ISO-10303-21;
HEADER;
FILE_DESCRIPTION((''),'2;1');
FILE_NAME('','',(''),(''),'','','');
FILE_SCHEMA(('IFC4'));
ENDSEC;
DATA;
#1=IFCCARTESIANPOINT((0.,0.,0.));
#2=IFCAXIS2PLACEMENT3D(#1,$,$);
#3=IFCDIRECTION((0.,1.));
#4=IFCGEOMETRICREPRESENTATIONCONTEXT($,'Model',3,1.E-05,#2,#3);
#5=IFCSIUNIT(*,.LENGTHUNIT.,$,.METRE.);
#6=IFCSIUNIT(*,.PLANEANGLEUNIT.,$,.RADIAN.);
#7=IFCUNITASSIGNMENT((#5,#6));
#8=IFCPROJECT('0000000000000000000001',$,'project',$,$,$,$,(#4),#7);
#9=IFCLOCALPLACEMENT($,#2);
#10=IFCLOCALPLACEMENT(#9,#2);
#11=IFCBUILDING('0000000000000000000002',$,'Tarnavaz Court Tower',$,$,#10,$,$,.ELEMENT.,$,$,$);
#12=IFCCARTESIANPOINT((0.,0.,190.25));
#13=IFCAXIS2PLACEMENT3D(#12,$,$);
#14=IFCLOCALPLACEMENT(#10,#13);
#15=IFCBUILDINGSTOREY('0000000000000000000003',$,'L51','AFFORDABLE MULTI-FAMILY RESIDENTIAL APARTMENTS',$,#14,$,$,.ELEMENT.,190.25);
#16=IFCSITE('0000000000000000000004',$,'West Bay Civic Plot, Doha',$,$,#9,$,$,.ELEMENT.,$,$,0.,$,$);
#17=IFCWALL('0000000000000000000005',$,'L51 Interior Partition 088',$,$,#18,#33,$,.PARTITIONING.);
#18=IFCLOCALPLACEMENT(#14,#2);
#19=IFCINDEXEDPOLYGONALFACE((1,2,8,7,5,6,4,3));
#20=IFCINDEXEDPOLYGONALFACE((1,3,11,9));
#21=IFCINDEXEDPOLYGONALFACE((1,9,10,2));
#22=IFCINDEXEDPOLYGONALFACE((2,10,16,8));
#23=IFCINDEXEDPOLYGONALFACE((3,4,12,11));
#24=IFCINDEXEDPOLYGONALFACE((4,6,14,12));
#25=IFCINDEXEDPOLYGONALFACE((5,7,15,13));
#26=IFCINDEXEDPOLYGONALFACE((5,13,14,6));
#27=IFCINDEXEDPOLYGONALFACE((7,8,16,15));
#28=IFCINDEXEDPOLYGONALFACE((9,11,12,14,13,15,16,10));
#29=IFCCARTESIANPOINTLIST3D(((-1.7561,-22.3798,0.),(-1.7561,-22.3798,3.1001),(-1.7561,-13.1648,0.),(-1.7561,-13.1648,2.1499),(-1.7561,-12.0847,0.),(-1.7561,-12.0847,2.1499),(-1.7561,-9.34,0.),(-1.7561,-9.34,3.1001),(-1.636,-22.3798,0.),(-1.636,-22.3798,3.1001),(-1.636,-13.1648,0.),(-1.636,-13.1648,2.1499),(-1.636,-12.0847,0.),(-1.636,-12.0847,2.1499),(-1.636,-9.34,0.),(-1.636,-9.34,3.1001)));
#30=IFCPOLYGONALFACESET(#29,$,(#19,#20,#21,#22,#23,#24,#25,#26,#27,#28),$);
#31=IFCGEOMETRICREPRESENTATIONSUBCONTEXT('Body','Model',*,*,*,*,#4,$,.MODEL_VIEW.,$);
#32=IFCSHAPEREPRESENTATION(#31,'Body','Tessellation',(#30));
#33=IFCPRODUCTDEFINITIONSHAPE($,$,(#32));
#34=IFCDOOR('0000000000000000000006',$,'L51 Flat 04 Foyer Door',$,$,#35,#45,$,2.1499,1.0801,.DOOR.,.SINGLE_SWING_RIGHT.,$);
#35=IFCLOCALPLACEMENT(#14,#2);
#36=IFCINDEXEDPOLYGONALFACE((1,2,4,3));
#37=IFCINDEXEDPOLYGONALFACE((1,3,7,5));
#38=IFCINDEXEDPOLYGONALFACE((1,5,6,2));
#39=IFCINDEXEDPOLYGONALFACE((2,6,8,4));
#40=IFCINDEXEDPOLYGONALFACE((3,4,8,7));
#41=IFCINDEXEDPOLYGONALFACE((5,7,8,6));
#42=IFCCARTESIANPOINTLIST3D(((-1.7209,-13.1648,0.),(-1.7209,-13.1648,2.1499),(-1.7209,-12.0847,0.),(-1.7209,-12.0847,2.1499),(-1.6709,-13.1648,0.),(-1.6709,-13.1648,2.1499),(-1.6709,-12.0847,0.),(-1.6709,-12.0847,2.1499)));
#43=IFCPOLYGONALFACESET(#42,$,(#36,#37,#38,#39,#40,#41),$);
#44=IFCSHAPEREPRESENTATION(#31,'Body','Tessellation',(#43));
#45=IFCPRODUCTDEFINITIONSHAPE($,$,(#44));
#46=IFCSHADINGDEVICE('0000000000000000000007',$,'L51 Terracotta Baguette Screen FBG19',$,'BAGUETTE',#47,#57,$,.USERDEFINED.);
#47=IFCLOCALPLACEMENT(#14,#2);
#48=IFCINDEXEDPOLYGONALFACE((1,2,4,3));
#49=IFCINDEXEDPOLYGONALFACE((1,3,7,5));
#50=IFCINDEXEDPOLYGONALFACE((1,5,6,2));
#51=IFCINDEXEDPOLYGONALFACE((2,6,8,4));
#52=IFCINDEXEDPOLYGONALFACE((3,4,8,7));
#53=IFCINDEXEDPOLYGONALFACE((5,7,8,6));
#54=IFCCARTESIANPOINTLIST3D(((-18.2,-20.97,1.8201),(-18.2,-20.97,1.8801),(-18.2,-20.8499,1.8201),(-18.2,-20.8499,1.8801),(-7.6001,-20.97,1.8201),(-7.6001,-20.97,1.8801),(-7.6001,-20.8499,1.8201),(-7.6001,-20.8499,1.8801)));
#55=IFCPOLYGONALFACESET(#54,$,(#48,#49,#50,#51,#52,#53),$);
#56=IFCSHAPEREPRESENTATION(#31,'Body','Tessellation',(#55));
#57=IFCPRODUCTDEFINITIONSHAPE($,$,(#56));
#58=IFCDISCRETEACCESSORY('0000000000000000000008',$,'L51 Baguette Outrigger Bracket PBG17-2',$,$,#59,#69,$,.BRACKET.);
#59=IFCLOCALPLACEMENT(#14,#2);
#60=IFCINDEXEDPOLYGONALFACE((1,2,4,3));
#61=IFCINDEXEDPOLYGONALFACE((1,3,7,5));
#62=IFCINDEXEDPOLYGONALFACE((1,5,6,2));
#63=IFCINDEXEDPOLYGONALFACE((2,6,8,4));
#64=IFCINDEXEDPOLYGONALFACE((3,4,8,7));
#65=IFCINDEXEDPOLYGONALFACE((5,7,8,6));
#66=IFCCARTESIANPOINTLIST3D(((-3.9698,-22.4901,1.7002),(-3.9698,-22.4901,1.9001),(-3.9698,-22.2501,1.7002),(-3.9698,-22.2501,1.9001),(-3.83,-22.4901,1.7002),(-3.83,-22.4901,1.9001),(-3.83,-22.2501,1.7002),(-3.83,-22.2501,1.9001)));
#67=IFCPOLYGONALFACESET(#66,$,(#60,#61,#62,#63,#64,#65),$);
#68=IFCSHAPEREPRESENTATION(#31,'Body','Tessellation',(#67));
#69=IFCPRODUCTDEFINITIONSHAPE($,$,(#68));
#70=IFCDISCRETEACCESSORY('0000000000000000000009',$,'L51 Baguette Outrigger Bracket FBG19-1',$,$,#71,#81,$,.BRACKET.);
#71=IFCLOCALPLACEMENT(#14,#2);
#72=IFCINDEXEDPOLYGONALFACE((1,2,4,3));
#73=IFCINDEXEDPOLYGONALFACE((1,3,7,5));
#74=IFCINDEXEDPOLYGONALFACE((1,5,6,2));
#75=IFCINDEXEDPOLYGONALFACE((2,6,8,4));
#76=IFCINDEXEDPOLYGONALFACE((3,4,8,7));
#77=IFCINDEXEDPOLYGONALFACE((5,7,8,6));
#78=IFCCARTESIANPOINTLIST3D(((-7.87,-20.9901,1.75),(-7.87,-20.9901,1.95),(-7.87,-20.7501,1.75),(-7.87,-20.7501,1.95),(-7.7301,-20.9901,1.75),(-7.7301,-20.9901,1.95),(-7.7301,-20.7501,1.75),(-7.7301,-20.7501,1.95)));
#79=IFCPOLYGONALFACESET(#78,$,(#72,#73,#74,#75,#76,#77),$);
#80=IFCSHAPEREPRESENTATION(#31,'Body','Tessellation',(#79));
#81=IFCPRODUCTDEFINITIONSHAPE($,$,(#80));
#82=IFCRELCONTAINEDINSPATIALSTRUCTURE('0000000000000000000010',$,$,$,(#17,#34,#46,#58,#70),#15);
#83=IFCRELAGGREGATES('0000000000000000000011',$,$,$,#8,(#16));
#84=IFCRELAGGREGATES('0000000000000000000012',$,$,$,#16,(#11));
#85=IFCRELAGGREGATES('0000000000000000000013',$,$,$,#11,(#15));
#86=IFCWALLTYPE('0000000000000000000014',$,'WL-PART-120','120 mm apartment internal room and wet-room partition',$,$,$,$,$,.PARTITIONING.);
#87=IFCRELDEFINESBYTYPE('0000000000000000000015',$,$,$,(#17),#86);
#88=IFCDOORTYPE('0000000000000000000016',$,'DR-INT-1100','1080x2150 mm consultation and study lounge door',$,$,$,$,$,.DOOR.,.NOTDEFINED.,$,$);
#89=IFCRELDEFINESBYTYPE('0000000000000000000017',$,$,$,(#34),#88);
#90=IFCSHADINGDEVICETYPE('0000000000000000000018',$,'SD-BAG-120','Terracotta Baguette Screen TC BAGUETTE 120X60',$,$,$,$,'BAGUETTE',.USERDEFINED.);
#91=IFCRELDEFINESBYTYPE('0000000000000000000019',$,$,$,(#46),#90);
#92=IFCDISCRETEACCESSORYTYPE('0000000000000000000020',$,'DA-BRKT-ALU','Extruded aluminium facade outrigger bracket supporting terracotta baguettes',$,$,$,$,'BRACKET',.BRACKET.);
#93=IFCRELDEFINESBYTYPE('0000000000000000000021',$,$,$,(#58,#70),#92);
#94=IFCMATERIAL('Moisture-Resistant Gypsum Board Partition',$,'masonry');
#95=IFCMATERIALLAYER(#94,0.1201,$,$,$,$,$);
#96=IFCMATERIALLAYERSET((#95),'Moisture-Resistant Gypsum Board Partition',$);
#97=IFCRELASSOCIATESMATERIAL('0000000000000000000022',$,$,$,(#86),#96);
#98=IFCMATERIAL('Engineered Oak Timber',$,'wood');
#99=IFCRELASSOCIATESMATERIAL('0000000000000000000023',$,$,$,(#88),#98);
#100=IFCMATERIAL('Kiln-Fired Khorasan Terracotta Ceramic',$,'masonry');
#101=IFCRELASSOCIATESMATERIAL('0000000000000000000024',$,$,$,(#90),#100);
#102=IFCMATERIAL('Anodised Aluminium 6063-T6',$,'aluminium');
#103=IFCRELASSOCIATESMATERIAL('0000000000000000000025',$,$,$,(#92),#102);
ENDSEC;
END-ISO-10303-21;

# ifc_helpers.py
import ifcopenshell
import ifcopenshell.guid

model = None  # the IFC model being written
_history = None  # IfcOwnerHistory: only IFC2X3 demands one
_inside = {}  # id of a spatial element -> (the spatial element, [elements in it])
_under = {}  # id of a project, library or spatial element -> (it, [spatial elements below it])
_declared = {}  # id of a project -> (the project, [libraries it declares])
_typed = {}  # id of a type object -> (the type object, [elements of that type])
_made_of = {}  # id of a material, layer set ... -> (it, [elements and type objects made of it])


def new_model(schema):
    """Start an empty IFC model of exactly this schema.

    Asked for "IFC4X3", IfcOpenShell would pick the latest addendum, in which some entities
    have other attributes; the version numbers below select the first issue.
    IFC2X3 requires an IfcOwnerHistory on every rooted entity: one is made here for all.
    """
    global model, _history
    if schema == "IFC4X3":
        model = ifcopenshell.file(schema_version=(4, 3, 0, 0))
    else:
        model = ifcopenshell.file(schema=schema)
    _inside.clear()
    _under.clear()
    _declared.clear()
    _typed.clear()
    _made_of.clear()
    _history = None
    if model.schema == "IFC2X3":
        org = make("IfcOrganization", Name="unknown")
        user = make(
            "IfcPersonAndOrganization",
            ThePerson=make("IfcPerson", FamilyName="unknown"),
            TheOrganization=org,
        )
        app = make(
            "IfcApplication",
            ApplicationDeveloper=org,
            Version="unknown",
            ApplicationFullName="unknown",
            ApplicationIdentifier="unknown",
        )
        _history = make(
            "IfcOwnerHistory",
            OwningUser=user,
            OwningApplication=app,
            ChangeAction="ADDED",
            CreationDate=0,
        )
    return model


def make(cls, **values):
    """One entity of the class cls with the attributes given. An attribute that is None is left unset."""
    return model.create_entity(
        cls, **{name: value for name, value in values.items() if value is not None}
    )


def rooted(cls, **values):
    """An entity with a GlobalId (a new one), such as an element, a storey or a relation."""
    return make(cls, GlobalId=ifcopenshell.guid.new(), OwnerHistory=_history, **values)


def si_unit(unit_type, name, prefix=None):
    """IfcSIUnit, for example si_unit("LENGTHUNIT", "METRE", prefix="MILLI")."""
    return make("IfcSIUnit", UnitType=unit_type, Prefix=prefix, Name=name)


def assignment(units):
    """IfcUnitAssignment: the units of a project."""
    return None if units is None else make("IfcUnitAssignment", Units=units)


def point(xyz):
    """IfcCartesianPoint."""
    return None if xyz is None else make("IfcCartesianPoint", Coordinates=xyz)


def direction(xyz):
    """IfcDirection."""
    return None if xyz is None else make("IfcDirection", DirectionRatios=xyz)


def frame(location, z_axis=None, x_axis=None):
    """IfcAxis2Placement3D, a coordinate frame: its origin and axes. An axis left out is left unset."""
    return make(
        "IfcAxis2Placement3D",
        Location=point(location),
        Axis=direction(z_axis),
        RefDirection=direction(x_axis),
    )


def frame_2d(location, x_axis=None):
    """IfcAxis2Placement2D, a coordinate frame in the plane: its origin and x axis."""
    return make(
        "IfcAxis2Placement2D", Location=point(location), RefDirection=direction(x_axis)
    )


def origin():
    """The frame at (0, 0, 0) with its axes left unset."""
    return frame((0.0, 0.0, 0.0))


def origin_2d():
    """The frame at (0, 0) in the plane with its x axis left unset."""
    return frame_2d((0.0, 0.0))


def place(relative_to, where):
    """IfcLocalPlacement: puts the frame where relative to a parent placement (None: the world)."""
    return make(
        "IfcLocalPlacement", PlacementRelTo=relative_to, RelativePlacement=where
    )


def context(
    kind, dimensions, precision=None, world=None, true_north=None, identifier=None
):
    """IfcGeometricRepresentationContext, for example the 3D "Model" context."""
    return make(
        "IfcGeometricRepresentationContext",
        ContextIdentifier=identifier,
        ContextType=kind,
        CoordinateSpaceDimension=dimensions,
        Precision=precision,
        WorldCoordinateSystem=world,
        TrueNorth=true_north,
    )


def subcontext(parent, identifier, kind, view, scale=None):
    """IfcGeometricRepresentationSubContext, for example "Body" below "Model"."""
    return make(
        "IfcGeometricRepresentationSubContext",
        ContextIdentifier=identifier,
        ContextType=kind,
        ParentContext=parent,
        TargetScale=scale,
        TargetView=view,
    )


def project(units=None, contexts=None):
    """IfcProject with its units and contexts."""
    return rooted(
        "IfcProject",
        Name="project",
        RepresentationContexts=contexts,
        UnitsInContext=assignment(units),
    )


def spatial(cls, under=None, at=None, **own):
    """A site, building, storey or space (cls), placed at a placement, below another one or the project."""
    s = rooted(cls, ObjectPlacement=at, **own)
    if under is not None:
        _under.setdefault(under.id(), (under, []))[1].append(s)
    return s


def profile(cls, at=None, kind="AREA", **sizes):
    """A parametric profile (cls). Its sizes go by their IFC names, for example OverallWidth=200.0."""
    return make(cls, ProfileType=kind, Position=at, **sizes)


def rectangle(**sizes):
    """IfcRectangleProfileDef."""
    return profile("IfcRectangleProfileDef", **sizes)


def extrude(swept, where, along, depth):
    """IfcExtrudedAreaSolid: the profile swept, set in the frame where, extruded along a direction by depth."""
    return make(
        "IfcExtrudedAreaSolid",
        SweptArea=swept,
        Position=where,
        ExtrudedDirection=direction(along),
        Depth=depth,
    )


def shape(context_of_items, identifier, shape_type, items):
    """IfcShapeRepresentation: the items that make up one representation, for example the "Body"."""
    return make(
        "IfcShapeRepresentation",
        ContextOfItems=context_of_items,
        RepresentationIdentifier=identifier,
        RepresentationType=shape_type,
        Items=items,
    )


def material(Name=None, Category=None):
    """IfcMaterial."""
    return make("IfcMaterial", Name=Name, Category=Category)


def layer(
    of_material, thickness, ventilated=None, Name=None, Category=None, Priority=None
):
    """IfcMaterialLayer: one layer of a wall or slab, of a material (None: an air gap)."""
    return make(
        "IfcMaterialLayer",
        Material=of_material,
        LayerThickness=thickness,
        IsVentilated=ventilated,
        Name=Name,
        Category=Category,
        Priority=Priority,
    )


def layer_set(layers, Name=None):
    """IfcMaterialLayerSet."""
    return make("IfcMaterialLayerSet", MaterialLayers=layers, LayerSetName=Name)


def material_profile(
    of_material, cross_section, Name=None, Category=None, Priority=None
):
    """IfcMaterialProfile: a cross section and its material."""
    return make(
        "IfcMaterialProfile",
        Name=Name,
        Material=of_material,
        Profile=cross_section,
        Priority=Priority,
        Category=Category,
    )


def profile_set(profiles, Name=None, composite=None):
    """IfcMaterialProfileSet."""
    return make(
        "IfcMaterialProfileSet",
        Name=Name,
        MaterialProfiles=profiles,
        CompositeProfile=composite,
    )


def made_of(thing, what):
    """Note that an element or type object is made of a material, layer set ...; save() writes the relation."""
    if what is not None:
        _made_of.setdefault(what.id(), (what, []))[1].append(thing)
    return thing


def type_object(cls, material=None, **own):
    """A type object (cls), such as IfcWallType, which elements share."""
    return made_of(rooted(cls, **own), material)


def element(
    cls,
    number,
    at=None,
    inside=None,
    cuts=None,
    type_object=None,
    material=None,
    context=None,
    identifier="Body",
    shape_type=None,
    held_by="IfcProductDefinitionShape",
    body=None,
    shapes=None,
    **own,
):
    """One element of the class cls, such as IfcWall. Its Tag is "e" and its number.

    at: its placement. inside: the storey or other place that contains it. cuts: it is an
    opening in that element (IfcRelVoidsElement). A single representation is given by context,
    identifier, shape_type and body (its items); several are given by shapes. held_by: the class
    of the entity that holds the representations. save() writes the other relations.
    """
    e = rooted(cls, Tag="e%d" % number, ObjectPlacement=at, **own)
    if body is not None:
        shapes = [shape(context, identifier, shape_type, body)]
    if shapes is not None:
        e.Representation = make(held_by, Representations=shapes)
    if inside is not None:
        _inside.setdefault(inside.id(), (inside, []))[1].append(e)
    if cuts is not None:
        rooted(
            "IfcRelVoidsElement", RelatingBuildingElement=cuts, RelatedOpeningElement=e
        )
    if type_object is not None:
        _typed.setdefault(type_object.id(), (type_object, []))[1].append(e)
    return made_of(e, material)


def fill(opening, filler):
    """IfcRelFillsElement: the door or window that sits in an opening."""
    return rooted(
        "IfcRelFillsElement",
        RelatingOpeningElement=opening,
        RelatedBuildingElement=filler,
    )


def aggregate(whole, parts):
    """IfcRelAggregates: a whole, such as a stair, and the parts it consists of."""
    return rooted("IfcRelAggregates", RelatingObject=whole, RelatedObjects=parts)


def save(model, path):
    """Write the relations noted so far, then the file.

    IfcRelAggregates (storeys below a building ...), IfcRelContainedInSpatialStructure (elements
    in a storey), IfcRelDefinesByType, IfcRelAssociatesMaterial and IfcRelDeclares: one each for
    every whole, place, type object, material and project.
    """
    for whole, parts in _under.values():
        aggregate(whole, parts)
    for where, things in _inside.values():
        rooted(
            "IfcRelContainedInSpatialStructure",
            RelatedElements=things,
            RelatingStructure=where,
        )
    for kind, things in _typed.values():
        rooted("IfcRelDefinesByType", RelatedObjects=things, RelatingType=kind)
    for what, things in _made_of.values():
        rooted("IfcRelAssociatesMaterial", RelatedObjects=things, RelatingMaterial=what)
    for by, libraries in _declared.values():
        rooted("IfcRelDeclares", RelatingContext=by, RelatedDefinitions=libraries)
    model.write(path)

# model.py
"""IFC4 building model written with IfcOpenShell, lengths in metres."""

from ifc_helpers import new_model, si_unit, direction, frame, frame_2d, origin, origin_2d, place, context, subcontext, project, spatial, rectangle, extrude, material, layer, layer_set, material_profile, profile_set, type_object, element, fill, save


model = new_model("IFC4")

# Units and contexts
model_context = context("Model", 3, precision=1e-05, world=origin(), true_north=direction((0.0, 1.0)))
body_context = subcontext(model_context, "Body", "Model", "MODEL_VIEW")
ifc_project = project(units=[si_unit("LENGTHUNIT", "METRE"), si_unit("PLANEANGLEUNIT", "RADIAN")], contexts=[model_context])

# Site, building, storey
site_placement = place(None, origin())
site = spatial("IfcSite", under=ifc_project, at=site_placement, Name="West Bay Civic Plot, Doha", CompositionType="ELEMENT", RefElevation=0.0)
building_placement = place(site_placement, origin())
building = spatial("IfcBuilding", under=site, at=building_placement, Name="Tarnavaz Court Tower", CompositionType="ELEMENT")
storey_placement = place(building_placement, frame((0.0, 0.0, 190.25)))
storey = spatial("IfcBuildingStorey", under=building, at=storey_placement, Name="L51", Description="AFFORDABLE MULTI-FAMILY RESIDENTIAL APARTMENTS", CompositionType="ELEMENT", Elevation=190.25)

# Shared definitions
ifc_material_1 = material(Name="Anodised Aluminium 6063-T6", Category="aluminium")

# Wall, opening, door
ifc_material_2 = material(Name="Moisture-Resistant Gypsum Board Partition", Category="masonry")
ifc_layer_1 = layer(ifc_material_2, 0.1201)
ifc_layer_set_1 = layer_set([ifc_layer_1], Name="Moisture-Resistant Gypsum Board Partition")
wall_type_1 = type_object("IfcWallType", Name="WL-PART-120", Description="120 mm apartment internal room and wet-room partition", PredefinedType="PARTITIONING", material=ifc_layer_set_1)
ifc_material_3 = material(Name="Engineered Oak Timber", Category="wood")
wall_1_placement = place(storey_placement, frame((-1.696, -22.3799, 0.0), z_axis=(0.0, 0.0, 1.0), x_axis=(0.0, 1.0, 0.0)))
wall_1 = element("IfcWall", 1, at=wall_1_placement, inside=storey, type_object=wall_type_1, Name="L51 Interior Partition 088", PredefinedType="PARTITIONING", context=body_context, shape_type="SweptSolid", body=[
    extrude(rectangle(XDim=13.0398, YDim=0.1201, at=frame_2d((6.52, 0.0))), origin(), (0.0, 0.0, 1.0), 3.1001),
])
opening_1_placement = place(wall_1_placement, frame((9.2151, 0.0, 0.0)))
opening_1 = element("IfcOpeningElement", 2, at=opening_1_placement, cuts=wall_1, PredefinedType="OPENING", context=body_context, shape_type="SweptSolid", body=[
    extrude(rectangle(XDim=1.0801, YDim=2.1499, at=frame_2d((0.54, 1.075))), frame((0.0, 0.0701, 0.0), z_axis=(0.0, -1.0, 0.0), x_axis=(1.0, 0.0, 0.0)), (0.0, 0.0, 1.0), 0.1401),
])
door_type_1 = type_object("IfcDoorType", Name="DR-INT-1100", Description="1080x2150 mm consultation and study lounge door", OperationType="NOTDEFINED", PredefinedType="DOOR", material=ifc_material_3)
door_1_placement = place(opening_1_placement, origin())
door_1 = element("IfcDoor", 3, at=door_1_placement, inside=storey, type_object=door_type_1, Name="L51 Flat 04 Foyer Door", OperationType="SINGLE_SWING_RIGHT", OverallHeight=2.1499, OverallWidth=1.0801, PredefinedType="DOOR", context=body_context, shape_type="SweptSolid", body=[
    extrude(rectangle(XDim=1.0801, YDim=2.1499, at=frame_2d((0.54, 1.075))), frame((0.0, 0.0249, 0.0), z_axis=(0.0, -1.0, 0.0), x_axis=(1.0, 0.0, 0.0)), (0.0, 0.0, 1.0), 0.05),
])
fill(opening_1, door_1)

# Shading device
ifc_material_4 = material(Name="Kiln-Fired Khorasan Terracotta Ceramic", Category="masonry")
ifc_material_profile_1 = material_profile(ifc_material_4, rectangle(XDim=0.1201, YDim=0.0601, at=origin_2d()), Name="TC BAGUETTE 120X60")
ifc_profile_set_1 = profile_set([ifc_material_profile_1], Name="Kiln-Fired Khorasan Terracotta Ceramic")
shading_device_type = type_object("IfcShadingDeviceType", Name="SD-BAG-120", Description="Terracotta Baguette Screen TC BAGUETTE 120X60", ElementType="BAGUETTE", PredefinedType="USERDEFINED", material=ifc_profile_set_1)
shading_device_placement = place(storey_placement, frame((-7.6001, -20.9099, 1.8501), z_axis=(-1.0, 0.0, 0.0), x_axis=(0.0, -1.0, 0.0)))
element("IfcShadingDevice", 4, at=shading_device_placement, inside=storey, type_object=shading_device_type, Name="L51 Terracotta Baguette Screen FBG19", ObjectType="BAGUETTE", PredefinedType="USERDEFINED", context=body_context, shape_type="SweptSolid", body=[
    extrude(rectangle(XDim=0.1201, YDim=0.0601, at=origin_2d()), origin(), (0.0, 0.0, 1.0), 10.5999),
])

# Discrete accessories
discrete_accessory_type = type_object("IfcDiscreteAccessoryType", Name="DA-BRKT-ALU", Description="Extruded aluminium facade outrigger bracket supporting terracotta baguettes", ElementType="BRACKET", PredefinedType="BRACKET", material=ifc_material_1)
for number, where, z_axis, x_axis, name in (
    (5, (-3.8999, -22.3701, 1.7002), (0.0, 0.0, 1.0), (-1.0, 0.0, 0.0), "L51 Baguette Outrigger Bracket PBG17-2"),
    (6, (-7.8, -20.8701, 1.75), (0.0, 0.0, 1.0), (-1.0, 0.0, 0.0), "L51 Baguette Outrigger Bracket FBG19-1"),
):
    element("IfcDiscreteAccessory", number, at=place(storey_placement, frame(where, z_axis=z_axis, x_axis=x_axis)), inside=storey, type_object=discrete_accessory_type, Name=name, PredefinedType="BRACKET", context=body_context, shape_type="SweptSolid", body=[
        extrude(rectangle(XDim=0.1399, YDim=0.24, at=origin_2d()), origin(), (0.0, 0.0, 1.0), 0.2),
    ])

save(model, "model.ifc")
